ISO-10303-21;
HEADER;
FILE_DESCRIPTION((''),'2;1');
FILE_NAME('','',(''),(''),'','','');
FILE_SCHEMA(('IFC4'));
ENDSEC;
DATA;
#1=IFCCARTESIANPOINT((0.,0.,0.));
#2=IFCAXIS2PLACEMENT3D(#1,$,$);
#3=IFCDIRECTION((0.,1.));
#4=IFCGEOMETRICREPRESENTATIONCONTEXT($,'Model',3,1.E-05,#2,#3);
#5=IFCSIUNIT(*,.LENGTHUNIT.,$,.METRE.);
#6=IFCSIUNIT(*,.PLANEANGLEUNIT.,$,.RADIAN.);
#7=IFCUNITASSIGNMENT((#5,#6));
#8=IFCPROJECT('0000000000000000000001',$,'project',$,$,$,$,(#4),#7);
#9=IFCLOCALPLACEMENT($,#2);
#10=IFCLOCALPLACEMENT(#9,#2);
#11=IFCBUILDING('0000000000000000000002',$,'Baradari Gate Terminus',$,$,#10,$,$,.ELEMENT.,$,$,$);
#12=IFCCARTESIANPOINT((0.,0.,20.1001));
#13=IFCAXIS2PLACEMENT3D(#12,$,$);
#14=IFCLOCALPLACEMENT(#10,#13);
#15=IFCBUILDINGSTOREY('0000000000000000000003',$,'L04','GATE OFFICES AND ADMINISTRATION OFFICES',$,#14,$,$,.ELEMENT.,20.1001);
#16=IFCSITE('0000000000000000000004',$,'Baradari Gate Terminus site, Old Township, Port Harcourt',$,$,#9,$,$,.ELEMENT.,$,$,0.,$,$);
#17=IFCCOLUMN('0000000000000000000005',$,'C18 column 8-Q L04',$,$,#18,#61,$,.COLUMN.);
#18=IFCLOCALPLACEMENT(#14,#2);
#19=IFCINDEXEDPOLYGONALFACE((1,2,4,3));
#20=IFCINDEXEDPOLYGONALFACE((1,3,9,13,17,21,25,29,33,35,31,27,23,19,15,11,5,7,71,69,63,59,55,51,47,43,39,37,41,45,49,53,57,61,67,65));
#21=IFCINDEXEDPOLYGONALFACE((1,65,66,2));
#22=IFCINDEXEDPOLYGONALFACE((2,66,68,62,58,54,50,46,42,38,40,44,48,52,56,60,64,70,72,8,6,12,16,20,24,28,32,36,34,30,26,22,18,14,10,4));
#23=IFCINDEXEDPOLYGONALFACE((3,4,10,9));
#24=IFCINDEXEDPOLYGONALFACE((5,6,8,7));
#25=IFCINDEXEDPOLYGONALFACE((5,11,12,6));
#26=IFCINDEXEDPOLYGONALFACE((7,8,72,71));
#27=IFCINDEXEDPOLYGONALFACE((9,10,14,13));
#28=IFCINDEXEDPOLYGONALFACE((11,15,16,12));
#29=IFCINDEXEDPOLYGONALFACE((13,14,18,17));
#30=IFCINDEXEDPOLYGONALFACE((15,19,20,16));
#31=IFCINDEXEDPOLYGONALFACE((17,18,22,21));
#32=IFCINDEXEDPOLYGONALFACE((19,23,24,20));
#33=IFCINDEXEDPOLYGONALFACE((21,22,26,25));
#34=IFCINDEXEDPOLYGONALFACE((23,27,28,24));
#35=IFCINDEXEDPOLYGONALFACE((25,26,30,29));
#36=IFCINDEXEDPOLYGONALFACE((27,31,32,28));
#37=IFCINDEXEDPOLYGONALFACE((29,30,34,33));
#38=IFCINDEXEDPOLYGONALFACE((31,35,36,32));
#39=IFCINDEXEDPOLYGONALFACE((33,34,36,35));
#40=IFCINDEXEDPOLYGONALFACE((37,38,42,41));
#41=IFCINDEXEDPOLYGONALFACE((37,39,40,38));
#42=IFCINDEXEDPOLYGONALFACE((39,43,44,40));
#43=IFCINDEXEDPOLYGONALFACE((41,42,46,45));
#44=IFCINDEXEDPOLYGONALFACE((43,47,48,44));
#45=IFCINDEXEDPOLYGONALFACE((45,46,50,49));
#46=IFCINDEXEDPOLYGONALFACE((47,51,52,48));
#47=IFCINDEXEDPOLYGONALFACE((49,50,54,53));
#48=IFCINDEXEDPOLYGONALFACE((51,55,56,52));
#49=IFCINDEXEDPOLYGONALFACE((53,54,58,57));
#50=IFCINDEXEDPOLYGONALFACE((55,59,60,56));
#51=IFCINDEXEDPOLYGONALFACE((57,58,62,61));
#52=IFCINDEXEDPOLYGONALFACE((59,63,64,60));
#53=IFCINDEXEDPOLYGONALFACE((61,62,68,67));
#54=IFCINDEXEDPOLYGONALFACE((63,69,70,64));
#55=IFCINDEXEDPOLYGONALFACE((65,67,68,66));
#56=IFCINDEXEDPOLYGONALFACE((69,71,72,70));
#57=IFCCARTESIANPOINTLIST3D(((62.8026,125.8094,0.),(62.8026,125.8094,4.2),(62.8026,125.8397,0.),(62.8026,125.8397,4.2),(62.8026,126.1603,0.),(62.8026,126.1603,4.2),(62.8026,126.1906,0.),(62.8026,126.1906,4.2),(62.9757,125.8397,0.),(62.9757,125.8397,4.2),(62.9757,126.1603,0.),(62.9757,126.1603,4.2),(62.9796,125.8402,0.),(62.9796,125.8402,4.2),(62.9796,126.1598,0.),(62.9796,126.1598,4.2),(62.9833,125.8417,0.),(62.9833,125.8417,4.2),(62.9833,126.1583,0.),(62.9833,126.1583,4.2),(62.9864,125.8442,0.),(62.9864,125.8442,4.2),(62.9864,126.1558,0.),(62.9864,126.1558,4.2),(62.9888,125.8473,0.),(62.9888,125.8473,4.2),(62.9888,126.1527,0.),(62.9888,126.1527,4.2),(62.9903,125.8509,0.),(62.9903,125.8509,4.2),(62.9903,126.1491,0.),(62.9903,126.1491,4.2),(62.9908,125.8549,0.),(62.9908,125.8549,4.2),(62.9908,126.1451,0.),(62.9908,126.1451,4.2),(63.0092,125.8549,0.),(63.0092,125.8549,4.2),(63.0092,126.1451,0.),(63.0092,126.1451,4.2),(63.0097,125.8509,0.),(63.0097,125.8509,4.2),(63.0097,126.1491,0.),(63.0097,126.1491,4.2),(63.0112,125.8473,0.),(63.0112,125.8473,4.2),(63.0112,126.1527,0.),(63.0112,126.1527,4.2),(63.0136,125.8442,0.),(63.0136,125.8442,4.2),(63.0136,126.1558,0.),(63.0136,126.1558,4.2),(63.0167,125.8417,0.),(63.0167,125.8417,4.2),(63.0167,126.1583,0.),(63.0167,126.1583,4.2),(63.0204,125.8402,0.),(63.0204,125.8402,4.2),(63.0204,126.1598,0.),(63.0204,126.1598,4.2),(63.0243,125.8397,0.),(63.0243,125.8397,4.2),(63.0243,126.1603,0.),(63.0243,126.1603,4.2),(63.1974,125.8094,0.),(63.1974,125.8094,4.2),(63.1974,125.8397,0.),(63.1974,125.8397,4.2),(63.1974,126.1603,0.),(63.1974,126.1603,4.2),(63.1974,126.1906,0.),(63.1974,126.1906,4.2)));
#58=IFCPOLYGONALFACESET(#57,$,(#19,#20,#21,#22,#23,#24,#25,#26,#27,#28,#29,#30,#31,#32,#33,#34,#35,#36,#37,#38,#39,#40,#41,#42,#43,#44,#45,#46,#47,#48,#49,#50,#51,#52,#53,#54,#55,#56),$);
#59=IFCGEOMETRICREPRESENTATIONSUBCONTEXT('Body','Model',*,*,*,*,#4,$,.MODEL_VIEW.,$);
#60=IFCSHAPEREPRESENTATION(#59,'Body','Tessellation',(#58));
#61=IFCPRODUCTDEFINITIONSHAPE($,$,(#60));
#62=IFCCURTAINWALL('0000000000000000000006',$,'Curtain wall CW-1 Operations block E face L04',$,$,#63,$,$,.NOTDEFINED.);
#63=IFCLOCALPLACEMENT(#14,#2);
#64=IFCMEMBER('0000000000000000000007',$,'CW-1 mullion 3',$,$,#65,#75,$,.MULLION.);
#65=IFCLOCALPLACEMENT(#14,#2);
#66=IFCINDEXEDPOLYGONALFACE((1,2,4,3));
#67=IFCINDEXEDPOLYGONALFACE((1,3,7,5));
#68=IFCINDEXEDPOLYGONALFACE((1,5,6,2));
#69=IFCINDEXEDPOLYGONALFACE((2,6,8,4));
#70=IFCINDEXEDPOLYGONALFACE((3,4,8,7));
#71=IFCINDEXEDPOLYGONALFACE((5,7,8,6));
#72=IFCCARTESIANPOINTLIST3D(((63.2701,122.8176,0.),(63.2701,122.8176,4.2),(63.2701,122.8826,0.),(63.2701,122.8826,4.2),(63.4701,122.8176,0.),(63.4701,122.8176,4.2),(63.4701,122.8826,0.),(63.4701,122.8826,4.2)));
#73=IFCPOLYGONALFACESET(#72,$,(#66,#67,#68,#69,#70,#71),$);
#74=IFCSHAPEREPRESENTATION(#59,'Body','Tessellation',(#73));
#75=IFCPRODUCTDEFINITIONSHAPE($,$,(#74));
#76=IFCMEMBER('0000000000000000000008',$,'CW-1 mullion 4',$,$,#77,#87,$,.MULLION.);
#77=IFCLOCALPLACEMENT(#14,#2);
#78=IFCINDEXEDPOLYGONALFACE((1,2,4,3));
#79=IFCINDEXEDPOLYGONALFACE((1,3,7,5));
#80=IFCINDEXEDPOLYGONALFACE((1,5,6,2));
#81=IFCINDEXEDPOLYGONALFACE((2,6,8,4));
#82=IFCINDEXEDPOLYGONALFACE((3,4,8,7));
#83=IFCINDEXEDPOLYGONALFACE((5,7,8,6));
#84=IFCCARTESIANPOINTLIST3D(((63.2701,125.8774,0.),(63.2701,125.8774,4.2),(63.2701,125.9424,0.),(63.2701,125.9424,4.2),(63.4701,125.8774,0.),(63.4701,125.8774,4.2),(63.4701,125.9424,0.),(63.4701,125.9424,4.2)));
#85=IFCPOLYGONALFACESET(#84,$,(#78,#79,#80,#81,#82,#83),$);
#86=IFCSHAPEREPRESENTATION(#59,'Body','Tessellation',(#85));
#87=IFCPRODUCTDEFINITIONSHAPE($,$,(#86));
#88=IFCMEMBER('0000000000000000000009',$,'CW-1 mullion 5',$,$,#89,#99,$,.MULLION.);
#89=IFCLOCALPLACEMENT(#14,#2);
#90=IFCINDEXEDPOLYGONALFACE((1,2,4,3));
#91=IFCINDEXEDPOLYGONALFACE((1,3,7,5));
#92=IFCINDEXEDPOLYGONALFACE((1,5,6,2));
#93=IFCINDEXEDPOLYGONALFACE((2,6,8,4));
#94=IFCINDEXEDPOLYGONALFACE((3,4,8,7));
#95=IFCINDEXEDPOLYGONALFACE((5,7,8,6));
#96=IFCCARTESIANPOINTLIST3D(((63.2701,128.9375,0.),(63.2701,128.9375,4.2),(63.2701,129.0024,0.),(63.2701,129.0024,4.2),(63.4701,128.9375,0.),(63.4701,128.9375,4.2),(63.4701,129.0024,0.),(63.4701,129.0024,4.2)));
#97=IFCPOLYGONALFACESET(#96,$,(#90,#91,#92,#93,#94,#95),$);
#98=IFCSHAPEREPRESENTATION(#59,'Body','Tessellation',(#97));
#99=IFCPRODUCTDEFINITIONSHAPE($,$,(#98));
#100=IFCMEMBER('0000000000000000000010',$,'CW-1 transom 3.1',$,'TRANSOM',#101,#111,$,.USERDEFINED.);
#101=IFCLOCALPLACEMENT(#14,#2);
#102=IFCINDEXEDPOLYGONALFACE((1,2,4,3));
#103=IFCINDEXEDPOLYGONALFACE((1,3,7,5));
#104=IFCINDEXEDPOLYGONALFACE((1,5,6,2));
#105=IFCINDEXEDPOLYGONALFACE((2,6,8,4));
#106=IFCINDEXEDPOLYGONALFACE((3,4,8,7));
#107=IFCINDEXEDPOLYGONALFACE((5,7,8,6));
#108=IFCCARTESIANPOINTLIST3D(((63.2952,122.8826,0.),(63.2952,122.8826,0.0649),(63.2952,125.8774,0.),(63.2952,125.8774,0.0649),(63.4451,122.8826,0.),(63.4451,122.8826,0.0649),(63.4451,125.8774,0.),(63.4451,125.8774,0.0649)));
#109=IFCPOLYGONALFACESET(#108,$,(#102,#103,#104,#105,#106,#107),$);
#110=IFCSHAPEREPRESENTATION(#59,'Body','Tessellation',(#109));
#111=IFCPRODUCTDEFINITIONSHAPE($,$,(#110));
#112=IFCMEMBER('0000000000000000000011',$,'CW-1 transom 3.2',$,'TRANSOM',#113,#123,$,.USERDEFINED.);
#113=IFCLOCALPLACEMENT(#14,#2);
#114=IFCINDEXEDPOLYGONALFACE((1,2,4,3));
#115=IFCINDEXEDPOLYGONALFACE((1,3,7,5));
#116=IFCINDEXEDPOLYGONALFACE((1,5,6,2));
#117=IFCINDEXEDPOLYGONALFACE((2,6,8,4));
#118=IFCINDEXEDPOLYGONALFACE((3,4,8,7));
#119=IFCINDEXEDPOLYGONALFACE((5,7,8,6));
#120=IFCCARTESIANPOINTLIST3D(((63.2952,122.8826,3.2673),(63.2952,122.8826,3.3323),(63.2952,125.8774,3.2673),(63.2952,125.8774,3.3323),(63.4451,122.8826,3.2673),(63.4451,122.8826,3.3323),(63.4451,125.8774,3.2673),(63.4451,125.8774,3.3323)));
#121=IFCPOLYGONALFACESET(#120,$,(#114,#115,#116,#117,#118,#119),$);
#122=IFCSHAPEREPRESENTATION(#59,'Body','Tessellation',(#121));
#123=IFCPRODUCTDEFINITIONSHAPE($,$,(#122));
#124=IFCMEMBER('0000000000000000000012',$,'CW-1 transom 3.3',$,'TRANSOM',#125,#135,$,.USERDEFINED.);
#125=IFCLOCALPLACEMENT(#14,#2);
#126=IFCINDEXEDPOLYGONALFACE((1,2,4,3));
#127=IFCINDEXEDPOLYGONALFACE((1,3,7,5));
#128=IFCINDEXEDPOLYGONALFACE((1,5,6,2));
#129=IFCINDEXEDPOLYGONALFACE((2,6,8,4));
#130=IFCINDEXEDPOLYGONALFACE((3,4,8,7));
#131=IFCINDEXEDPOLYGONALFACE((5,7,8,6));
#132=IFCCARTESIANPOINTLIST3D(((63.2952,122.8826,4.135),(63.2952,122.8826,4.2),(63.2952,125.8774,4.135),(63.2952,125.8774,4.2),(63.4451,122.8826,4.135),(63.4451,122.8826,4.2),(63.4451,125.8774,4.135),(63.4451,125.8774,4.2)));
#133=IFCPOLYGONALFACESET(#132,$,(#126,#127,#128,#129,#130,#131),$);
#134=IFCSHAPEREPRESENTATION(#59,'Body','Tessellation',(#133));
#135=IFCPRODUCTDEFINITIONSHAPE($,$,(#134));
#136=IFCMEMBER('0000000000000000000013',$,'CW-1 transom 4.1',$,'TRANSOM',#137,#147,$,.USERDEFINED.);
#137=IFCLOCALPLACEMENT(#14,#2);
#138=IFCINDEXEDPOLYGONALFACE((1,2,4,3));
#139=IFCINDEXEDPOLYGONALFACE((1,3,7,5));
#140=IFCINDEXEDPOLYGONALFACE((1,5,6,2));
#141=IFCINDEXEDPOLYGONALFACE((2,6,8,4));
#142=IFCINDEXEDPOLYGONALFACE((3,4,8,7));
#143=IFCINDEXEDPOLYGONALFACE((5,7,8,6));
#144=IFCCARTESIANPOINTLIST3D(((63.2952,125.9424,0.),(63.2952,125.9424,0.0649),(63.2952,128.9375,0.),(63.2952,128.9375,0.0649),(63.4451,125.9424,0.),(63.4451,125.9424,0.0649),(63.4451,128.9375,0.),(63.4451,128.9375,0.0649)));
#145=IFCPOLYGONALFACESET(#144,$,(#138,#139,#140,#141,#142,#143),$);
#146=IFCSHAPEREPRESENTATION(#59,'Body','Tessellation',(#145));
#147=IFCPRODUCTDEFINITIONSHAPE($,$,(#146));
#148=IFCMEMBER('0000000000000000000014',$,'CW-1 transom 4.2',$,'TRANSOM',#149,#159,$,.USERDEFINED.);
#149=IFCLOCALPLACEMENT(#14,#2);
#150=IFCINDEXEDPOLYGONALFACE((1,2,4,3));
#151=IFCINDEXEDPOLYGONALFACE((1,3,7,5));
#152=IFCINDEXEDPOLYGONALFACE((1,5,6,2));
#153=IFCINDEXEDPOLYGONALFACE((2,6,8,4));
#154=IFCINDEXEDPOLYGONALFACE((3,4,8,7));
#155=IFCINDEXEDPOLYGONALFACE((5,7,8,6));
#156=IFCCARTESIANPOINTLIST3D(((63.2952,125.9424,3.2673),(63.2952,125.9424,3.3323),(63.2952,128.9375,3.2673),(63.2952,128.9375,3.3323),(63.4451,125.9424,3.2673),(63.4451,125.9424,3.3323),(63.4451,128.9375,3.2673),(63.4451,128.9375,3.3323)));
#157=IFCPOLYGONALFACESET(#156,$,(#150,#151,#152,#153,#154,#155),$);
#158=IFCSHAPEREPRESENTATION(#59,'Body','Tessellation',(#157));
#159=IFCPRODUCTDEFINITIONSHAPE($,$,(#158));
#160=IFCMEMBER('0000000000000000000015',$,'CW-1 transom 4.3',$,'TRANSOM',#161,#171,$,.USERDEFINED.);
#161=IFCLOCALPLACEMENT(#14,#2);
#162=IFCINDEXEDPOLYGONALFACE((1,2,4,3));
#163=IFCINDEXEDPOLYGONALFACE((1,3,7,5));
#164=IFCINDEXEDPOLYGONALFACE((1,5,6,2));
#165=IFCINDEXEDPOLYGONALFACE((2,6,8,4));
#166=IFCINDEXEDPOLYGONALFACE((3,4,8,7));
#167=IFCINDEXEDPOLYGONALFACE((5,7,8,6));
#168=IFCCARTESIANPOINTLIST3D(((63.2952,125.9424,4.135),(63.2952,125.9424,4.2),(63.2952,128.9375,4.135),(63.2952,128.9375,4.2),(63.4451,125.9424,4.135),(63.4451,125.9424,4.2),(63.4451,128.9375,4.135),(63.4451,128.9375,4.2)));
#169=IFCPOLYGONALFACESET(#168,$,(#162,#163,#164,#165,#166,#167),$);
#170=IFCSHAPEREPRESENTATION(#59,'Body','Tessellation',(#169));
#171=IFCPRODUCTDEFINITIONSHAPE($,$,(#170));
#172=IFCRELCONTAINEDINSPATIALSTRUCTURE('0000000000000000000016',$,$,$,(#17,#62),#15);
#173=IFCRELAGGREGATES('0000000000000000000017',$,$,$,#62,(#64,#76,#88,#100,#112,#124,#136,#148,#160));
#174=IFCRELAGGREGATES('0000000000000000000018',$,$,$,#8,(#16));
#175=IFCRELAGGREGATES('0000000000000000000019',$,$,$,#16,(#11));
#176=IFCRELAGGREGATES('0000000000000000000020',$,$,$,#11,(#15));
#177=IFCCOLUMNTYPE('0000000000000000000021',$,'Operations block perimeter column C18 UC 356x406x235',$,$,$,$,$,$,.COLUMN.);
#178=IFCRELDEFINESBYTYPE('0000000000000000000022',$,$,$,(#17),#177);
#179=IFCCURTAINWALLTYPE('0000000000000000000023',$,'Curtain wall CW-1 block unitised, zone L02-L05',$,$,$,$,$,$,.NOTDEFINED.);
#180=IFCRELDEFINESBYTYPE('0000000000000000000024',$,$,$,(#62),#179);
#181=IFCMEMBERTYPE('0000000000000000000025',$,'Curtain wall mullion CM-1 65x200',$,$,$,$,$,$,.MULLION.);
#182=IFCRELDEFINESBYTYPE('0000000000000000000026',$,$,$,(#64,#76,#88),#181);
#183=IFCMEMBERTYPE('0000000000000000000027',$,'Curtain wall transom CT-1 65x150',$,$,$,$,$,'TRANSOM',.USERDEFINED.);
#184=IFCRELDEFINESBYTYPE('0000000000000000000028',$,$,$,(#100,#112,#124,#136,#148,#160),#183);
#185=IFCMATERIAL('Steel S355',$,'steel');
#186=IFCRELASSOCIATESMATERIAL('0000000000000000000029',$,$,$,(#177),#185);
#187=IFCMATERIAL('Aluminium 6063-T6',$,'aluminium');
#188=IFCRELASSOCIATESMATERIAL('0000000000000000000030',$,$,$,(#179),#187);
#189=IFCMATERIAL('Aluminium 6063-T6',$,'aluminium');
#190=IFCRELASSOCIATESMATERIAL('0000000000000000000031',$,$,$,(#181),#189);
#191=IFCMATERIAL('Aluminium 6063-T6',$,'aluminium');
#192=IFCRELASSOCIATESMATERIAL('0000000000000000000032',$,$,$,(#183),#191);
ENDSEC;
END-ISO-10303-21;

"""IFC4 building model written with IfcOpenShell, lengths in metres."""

from ifc_helpers import new_model, si_unit, direction, frame, origin, origin_2d, place, context, subcontext, project, spatial, rectangle, i_section, extrude, material, material_profile, profile_set, type_object, element, aggregate, save


model = new_model("IFC4")

# Units and contexts
model_context = context("Model", 3, precision=1e-05, world=origin(), true_north=direction((0.0, 1.0)))
body_context = subcontext(model_context, "Body", "Model", "MODEL_VIEW")
ifc_project = project(units=[si_unit("LENGTHUNIT", "METRE"), si_unit("PLANEANGLEUNIT", "RADIAN")], contexts=[model_context])

# Site, building, storey
site_placement = place(None, origin())
site = spatial("IfcSite", under=ifc_project, at=site_placement, Name="Baradari Gate Terminus site, Old Township, Port Harcourt", CompositionType="ELEMENT", RefElevation=0.0)
building_placement = place(site_placement, origin())
building = spatial("IfcBuilding", under=site, at=building_placement, Name="Baradari Gate Terminus", CompositionType="ELEMENT")
storey_placement = place(building_placement, frame((0.0, 0.0, 20.1001)))
storey = spatial("IfcBuildingStorey", under=building, at=storey_placement, Name="L04", Description="GATE OFFICES AND ADMINISTRATION OFFICES", CompositionType="ELEMENT", Elevation=20.1001)

# Column
ifc_material_1 = material(Name="Steel S355", Category="steel")
ifc_material_profile_1 = material_profile(ifc_material_1, i_section(OverallWidth=0.3948, OverallDepth=0.3811, WebThickness=0.0183, FlangeThickness=0.0303, FilletRadius=0.0151, at=origin_2d()), Name="UC 356x406x235")
ifc_profile_set_1 = profile_set([ifc_material_profile_1], Name="Steel S355")
column_type = type_object("IfcColumnType", Name="Operations block perimeter column C18 UC 356x406x235", PredefinedType="COLUMN", material=ifc_profile_set_1)
column_placement = place(storey_placement, frame((63.0, 126.0, 0.0), z_axis=(0.0, 0.0, 1.0), x_axis=(1.0, 0.0, 0.0)))
element("IfcColumn", 1, at=column_placement, inside=storey, type_object=column_type, Name="C18 column 8-Q L04", PredefinedType="COLUMN", context=body_context, shape_type="SweptSolid", body=[
    extrude(i_section(OverallWidth=0.3948, OverallDepth=0.3811, WebThickness=0.0183, FlangeThickness=0.0303, FilletRadius=0.0151, at=origin_2d()), origin(), (0.0, 0.0, 1.0), 4.2),
])

# Curtain wall, members
ifc_material_2 = material(Name="Aluminium 6063-T6", Category="aluminium")
curtain_wall_type = type_object("IfcCurtainWallType", Name="Curtain wall CW-1 block unitised, zone L02-L05", PredefinedType="NOTDEFINED", material=ifc_material_2)
curtain_wall_placement = place(storey_placement, origin())
curtain_wall = element("IfcCurtainWall", 2, at=curtain_wall_placement, inside=storey, type_object=curtain_wall_type, Name="Curtain wall CW-1 Operations block E face L04", PredefinedType="NOTDEFINED")
ifc_material_3 = material(Name="Aluminium 6063-T6", Category="aluminium")
ifc_material_profile_2 = material_profile(ifc_material_3, rectangle(XDim=0.2, YDim=0.0649, at=origin_2d()), Name="CM-1 65X200")
ifc_profile_set_2 = profile_set([ifc_material_profile_2], Name="Aluminium 6063-T6")
member_type_1 = type_object("IfcMemberType", Name="Curtain wall mullion CM-1 65x200", PredefinedType="MULLION", material=ifc_profile_set_2)
member_1_placement = place(storey_placement, frame((63.3701, 122.8501, 0.0), z_axis=(0.0, 0.0, 1.0), x_axis=(-1.0, 0.0, 0.0)))
member_1 = element("IfcMember", 3, at=member_1_placement, type_object=member_type_1, Name="CW-1 mullion 3", PredefinedType="MULLION", context=body_context, shape_type="SweptSolid", body=[
    extrude(rectangle(XDim=0.2, YDim=0.0649, at=origin_2d()), origin(), (0.0, 0.0, 1.0), 4.2),
])
member_2_placement = place(storey_placement, frame((63.3701, 125.9099, 0.0), z_axis=(0.0, 0.0, 1.0), x_axis=(-1.0, 0.0, 0.0)))
member_2 = element("IfcMember", 4, at=member_2_placement, type_object=member_type_1, Name="CW-1 mullion 4", PredefinedType="MULLION", context=body_context, shape_type="SweptSolid", body=[
    extrude(rectangle(XDim=0.2, YDim=0.0649, at=origin_2d()), origin(), (0.0, 0.0, 1.0), 4.2),
])
member_3_placement = place(storey_placement, frame((63.3701, 128.97, 0.0), z_axis=(0.0, 0.0, 1.0), x_axis=(-1.0, 0.0, 0.0)))
member_3 = element("IfcMember", 5, at=member_3_placement, type_object=member_type_1, Name="CW-1 mullion 5", PredefinedType="MULLION", context=body_context, shape_type="SweptSolid", body=[
    extrude(rectangle(XDim=0.2, YDim=0.0649, at=origin_2d()), origin(), (0.0, 0.0, 1.0), 4.2),
])
ifc_material_4 = material(Name="Aluminium 6063-T6", Category="aluminium")
ifc_material_profile_3 = material_profile(ifc_material_4, rectangle(XDim=0.1499, YDim=0.0649, at=origin_2d()), Name="CT-1 65X150")
ifc_profile_set_3 = profile_set([ifc_material_profile_3], Name="Aluminium 6063-T6")
member_type_2 = type_object("IfcMemberType", Name="Curtain wall transom CT-1 65x150", ElementType="TRANSOM", PredefinedType="USERDEFINED", material=ifc_profile_set_3)
member_4_placement = place(storey_placement, frame((63.3701, 122.8826, 0.0325), z_axis=(0.0, 1.0, 0.0), x_axis=(-1.0, 0.0, 0.0)))
member_4 = element("IfcMember", 6, at=member_4_placement, type_object=member_type_2, Name="CW-1 transom 3.1", ObjectType="TRANSOM", PredefinedType="USERDEFINED", context=body_context, shape_type="SweptSolid", body=[
    extrude(rectangle(XDim=0.1499, YDim=0.0649, at=origin_2d()), origin(), (0.0, 0.0, 1.0), 2.9949),
])
member_5_placement = place(storey_placement, frame((63.3701, 122.8826, 3.2998), z_axis=(0.0, 1.0, 0.0), x_axis=(-1.0, 0.0, 0.0)))
member_5 = element("IfcMember", 7, at=member_5_placement, type_object=member_type_2, Name="CW-1 transom 3.2", ObjectType="TRANSOM", PredefinedType="USERDEFINED", context=body_context, shape_type="SweptSolid", body=[
    extrude(rectangle(XDim=0.1499, YDim=0.0649, at=origin_2d()), origin(), (0.0, 0.0, 1.0), 2.9949),
])
member_6_placement = place(storey_placement, frame((63.3701, 122.8826, 4.1675), z_axis=(0.0, 1.0, 0.0), x_axis=(-1.0, 0.0, 0.0)))
member_6 = element("IfcMember", 8, at=member_6_placement, type_object=member_type_2, Name="CW-1 transom 3.3", ObjectType="TRANSOM", PredefinedType="USERDEFINED", context=body_context, shape_type="SweptSolid", body=[
    extrude(rectangle(XDim=0.1499, YDim=0.0649, at=origin_2d()), origin(), (0.0, 0.0, 1.0), 2.9949),
])
member_7_placement = place(storey_placement, frame((63.3701, 125.9424, 0.0325), z_axis=(0.0, 1.0, 0.0), x_axis=(-1.0, 0.0, 0.0)))
member_7 = element("IfcMember", 9, at=member_7_placement, type_object=member_type_2, Name="CW-1 transom 4.1", ObjectType="TRANSOM", PredefinedType="USERDEFINED", context=body_context, shape_type="SweptSolid", body=[
    extrude(rectangle(XDim=0.1499, YDim=0.0649, at=origin_2d()), origin(), (0.0, 0.0, 1.0), 2.9951),
])
member_8_placement = place(storey_placement, frame((63.3701, 125.9424, 3.2998), z_axis=(0.0, 1.0, 0.0), x_axis=(-1.0, 0.0, 0.0)))
member_8 = element("IfcMember", 10, at=member_8_placement, type_object=member_type_2, Name="CW-1 transom 4.2", ObjectType="TRANSOM", PredefinedType="USERDEFINED", context=body_context, shape_type="SweptSolid", body=[
    extrude(rectangle(XDim=0.1499, YDim=0.0649, at=origin_2d()), origin(), (0.0, 0.0, 1.0), 2.9951),
])
member_9_placement = place(storey_placement, frame((63.3701, 125.9424, 4.1675), z_axis=(0.0, 1.0, 0.0), x_axis=(-1.0, 0.0, 0.0)))
member_9 = element("IfcMember", 11, at=member_9_placement, type_object=member_type_2, Name="CW-1 transom 4.3", ObjectType="TRANSOM", PredefinedType="USERDEFINED", context=body_context, shape_type="SweptSolid", body=[
    extrude(rectangle(XDim=0.1499, YDim=0.0649, at=origin_2d()), origin(), (0.0, 0.0, 1.0), 2.9951),
])

aggregate(curtain_wall, [member_1, member_2, member_3, member_4, member_5, member_6, member_7, member_8, member_9])

save(model, "model.ifc")
